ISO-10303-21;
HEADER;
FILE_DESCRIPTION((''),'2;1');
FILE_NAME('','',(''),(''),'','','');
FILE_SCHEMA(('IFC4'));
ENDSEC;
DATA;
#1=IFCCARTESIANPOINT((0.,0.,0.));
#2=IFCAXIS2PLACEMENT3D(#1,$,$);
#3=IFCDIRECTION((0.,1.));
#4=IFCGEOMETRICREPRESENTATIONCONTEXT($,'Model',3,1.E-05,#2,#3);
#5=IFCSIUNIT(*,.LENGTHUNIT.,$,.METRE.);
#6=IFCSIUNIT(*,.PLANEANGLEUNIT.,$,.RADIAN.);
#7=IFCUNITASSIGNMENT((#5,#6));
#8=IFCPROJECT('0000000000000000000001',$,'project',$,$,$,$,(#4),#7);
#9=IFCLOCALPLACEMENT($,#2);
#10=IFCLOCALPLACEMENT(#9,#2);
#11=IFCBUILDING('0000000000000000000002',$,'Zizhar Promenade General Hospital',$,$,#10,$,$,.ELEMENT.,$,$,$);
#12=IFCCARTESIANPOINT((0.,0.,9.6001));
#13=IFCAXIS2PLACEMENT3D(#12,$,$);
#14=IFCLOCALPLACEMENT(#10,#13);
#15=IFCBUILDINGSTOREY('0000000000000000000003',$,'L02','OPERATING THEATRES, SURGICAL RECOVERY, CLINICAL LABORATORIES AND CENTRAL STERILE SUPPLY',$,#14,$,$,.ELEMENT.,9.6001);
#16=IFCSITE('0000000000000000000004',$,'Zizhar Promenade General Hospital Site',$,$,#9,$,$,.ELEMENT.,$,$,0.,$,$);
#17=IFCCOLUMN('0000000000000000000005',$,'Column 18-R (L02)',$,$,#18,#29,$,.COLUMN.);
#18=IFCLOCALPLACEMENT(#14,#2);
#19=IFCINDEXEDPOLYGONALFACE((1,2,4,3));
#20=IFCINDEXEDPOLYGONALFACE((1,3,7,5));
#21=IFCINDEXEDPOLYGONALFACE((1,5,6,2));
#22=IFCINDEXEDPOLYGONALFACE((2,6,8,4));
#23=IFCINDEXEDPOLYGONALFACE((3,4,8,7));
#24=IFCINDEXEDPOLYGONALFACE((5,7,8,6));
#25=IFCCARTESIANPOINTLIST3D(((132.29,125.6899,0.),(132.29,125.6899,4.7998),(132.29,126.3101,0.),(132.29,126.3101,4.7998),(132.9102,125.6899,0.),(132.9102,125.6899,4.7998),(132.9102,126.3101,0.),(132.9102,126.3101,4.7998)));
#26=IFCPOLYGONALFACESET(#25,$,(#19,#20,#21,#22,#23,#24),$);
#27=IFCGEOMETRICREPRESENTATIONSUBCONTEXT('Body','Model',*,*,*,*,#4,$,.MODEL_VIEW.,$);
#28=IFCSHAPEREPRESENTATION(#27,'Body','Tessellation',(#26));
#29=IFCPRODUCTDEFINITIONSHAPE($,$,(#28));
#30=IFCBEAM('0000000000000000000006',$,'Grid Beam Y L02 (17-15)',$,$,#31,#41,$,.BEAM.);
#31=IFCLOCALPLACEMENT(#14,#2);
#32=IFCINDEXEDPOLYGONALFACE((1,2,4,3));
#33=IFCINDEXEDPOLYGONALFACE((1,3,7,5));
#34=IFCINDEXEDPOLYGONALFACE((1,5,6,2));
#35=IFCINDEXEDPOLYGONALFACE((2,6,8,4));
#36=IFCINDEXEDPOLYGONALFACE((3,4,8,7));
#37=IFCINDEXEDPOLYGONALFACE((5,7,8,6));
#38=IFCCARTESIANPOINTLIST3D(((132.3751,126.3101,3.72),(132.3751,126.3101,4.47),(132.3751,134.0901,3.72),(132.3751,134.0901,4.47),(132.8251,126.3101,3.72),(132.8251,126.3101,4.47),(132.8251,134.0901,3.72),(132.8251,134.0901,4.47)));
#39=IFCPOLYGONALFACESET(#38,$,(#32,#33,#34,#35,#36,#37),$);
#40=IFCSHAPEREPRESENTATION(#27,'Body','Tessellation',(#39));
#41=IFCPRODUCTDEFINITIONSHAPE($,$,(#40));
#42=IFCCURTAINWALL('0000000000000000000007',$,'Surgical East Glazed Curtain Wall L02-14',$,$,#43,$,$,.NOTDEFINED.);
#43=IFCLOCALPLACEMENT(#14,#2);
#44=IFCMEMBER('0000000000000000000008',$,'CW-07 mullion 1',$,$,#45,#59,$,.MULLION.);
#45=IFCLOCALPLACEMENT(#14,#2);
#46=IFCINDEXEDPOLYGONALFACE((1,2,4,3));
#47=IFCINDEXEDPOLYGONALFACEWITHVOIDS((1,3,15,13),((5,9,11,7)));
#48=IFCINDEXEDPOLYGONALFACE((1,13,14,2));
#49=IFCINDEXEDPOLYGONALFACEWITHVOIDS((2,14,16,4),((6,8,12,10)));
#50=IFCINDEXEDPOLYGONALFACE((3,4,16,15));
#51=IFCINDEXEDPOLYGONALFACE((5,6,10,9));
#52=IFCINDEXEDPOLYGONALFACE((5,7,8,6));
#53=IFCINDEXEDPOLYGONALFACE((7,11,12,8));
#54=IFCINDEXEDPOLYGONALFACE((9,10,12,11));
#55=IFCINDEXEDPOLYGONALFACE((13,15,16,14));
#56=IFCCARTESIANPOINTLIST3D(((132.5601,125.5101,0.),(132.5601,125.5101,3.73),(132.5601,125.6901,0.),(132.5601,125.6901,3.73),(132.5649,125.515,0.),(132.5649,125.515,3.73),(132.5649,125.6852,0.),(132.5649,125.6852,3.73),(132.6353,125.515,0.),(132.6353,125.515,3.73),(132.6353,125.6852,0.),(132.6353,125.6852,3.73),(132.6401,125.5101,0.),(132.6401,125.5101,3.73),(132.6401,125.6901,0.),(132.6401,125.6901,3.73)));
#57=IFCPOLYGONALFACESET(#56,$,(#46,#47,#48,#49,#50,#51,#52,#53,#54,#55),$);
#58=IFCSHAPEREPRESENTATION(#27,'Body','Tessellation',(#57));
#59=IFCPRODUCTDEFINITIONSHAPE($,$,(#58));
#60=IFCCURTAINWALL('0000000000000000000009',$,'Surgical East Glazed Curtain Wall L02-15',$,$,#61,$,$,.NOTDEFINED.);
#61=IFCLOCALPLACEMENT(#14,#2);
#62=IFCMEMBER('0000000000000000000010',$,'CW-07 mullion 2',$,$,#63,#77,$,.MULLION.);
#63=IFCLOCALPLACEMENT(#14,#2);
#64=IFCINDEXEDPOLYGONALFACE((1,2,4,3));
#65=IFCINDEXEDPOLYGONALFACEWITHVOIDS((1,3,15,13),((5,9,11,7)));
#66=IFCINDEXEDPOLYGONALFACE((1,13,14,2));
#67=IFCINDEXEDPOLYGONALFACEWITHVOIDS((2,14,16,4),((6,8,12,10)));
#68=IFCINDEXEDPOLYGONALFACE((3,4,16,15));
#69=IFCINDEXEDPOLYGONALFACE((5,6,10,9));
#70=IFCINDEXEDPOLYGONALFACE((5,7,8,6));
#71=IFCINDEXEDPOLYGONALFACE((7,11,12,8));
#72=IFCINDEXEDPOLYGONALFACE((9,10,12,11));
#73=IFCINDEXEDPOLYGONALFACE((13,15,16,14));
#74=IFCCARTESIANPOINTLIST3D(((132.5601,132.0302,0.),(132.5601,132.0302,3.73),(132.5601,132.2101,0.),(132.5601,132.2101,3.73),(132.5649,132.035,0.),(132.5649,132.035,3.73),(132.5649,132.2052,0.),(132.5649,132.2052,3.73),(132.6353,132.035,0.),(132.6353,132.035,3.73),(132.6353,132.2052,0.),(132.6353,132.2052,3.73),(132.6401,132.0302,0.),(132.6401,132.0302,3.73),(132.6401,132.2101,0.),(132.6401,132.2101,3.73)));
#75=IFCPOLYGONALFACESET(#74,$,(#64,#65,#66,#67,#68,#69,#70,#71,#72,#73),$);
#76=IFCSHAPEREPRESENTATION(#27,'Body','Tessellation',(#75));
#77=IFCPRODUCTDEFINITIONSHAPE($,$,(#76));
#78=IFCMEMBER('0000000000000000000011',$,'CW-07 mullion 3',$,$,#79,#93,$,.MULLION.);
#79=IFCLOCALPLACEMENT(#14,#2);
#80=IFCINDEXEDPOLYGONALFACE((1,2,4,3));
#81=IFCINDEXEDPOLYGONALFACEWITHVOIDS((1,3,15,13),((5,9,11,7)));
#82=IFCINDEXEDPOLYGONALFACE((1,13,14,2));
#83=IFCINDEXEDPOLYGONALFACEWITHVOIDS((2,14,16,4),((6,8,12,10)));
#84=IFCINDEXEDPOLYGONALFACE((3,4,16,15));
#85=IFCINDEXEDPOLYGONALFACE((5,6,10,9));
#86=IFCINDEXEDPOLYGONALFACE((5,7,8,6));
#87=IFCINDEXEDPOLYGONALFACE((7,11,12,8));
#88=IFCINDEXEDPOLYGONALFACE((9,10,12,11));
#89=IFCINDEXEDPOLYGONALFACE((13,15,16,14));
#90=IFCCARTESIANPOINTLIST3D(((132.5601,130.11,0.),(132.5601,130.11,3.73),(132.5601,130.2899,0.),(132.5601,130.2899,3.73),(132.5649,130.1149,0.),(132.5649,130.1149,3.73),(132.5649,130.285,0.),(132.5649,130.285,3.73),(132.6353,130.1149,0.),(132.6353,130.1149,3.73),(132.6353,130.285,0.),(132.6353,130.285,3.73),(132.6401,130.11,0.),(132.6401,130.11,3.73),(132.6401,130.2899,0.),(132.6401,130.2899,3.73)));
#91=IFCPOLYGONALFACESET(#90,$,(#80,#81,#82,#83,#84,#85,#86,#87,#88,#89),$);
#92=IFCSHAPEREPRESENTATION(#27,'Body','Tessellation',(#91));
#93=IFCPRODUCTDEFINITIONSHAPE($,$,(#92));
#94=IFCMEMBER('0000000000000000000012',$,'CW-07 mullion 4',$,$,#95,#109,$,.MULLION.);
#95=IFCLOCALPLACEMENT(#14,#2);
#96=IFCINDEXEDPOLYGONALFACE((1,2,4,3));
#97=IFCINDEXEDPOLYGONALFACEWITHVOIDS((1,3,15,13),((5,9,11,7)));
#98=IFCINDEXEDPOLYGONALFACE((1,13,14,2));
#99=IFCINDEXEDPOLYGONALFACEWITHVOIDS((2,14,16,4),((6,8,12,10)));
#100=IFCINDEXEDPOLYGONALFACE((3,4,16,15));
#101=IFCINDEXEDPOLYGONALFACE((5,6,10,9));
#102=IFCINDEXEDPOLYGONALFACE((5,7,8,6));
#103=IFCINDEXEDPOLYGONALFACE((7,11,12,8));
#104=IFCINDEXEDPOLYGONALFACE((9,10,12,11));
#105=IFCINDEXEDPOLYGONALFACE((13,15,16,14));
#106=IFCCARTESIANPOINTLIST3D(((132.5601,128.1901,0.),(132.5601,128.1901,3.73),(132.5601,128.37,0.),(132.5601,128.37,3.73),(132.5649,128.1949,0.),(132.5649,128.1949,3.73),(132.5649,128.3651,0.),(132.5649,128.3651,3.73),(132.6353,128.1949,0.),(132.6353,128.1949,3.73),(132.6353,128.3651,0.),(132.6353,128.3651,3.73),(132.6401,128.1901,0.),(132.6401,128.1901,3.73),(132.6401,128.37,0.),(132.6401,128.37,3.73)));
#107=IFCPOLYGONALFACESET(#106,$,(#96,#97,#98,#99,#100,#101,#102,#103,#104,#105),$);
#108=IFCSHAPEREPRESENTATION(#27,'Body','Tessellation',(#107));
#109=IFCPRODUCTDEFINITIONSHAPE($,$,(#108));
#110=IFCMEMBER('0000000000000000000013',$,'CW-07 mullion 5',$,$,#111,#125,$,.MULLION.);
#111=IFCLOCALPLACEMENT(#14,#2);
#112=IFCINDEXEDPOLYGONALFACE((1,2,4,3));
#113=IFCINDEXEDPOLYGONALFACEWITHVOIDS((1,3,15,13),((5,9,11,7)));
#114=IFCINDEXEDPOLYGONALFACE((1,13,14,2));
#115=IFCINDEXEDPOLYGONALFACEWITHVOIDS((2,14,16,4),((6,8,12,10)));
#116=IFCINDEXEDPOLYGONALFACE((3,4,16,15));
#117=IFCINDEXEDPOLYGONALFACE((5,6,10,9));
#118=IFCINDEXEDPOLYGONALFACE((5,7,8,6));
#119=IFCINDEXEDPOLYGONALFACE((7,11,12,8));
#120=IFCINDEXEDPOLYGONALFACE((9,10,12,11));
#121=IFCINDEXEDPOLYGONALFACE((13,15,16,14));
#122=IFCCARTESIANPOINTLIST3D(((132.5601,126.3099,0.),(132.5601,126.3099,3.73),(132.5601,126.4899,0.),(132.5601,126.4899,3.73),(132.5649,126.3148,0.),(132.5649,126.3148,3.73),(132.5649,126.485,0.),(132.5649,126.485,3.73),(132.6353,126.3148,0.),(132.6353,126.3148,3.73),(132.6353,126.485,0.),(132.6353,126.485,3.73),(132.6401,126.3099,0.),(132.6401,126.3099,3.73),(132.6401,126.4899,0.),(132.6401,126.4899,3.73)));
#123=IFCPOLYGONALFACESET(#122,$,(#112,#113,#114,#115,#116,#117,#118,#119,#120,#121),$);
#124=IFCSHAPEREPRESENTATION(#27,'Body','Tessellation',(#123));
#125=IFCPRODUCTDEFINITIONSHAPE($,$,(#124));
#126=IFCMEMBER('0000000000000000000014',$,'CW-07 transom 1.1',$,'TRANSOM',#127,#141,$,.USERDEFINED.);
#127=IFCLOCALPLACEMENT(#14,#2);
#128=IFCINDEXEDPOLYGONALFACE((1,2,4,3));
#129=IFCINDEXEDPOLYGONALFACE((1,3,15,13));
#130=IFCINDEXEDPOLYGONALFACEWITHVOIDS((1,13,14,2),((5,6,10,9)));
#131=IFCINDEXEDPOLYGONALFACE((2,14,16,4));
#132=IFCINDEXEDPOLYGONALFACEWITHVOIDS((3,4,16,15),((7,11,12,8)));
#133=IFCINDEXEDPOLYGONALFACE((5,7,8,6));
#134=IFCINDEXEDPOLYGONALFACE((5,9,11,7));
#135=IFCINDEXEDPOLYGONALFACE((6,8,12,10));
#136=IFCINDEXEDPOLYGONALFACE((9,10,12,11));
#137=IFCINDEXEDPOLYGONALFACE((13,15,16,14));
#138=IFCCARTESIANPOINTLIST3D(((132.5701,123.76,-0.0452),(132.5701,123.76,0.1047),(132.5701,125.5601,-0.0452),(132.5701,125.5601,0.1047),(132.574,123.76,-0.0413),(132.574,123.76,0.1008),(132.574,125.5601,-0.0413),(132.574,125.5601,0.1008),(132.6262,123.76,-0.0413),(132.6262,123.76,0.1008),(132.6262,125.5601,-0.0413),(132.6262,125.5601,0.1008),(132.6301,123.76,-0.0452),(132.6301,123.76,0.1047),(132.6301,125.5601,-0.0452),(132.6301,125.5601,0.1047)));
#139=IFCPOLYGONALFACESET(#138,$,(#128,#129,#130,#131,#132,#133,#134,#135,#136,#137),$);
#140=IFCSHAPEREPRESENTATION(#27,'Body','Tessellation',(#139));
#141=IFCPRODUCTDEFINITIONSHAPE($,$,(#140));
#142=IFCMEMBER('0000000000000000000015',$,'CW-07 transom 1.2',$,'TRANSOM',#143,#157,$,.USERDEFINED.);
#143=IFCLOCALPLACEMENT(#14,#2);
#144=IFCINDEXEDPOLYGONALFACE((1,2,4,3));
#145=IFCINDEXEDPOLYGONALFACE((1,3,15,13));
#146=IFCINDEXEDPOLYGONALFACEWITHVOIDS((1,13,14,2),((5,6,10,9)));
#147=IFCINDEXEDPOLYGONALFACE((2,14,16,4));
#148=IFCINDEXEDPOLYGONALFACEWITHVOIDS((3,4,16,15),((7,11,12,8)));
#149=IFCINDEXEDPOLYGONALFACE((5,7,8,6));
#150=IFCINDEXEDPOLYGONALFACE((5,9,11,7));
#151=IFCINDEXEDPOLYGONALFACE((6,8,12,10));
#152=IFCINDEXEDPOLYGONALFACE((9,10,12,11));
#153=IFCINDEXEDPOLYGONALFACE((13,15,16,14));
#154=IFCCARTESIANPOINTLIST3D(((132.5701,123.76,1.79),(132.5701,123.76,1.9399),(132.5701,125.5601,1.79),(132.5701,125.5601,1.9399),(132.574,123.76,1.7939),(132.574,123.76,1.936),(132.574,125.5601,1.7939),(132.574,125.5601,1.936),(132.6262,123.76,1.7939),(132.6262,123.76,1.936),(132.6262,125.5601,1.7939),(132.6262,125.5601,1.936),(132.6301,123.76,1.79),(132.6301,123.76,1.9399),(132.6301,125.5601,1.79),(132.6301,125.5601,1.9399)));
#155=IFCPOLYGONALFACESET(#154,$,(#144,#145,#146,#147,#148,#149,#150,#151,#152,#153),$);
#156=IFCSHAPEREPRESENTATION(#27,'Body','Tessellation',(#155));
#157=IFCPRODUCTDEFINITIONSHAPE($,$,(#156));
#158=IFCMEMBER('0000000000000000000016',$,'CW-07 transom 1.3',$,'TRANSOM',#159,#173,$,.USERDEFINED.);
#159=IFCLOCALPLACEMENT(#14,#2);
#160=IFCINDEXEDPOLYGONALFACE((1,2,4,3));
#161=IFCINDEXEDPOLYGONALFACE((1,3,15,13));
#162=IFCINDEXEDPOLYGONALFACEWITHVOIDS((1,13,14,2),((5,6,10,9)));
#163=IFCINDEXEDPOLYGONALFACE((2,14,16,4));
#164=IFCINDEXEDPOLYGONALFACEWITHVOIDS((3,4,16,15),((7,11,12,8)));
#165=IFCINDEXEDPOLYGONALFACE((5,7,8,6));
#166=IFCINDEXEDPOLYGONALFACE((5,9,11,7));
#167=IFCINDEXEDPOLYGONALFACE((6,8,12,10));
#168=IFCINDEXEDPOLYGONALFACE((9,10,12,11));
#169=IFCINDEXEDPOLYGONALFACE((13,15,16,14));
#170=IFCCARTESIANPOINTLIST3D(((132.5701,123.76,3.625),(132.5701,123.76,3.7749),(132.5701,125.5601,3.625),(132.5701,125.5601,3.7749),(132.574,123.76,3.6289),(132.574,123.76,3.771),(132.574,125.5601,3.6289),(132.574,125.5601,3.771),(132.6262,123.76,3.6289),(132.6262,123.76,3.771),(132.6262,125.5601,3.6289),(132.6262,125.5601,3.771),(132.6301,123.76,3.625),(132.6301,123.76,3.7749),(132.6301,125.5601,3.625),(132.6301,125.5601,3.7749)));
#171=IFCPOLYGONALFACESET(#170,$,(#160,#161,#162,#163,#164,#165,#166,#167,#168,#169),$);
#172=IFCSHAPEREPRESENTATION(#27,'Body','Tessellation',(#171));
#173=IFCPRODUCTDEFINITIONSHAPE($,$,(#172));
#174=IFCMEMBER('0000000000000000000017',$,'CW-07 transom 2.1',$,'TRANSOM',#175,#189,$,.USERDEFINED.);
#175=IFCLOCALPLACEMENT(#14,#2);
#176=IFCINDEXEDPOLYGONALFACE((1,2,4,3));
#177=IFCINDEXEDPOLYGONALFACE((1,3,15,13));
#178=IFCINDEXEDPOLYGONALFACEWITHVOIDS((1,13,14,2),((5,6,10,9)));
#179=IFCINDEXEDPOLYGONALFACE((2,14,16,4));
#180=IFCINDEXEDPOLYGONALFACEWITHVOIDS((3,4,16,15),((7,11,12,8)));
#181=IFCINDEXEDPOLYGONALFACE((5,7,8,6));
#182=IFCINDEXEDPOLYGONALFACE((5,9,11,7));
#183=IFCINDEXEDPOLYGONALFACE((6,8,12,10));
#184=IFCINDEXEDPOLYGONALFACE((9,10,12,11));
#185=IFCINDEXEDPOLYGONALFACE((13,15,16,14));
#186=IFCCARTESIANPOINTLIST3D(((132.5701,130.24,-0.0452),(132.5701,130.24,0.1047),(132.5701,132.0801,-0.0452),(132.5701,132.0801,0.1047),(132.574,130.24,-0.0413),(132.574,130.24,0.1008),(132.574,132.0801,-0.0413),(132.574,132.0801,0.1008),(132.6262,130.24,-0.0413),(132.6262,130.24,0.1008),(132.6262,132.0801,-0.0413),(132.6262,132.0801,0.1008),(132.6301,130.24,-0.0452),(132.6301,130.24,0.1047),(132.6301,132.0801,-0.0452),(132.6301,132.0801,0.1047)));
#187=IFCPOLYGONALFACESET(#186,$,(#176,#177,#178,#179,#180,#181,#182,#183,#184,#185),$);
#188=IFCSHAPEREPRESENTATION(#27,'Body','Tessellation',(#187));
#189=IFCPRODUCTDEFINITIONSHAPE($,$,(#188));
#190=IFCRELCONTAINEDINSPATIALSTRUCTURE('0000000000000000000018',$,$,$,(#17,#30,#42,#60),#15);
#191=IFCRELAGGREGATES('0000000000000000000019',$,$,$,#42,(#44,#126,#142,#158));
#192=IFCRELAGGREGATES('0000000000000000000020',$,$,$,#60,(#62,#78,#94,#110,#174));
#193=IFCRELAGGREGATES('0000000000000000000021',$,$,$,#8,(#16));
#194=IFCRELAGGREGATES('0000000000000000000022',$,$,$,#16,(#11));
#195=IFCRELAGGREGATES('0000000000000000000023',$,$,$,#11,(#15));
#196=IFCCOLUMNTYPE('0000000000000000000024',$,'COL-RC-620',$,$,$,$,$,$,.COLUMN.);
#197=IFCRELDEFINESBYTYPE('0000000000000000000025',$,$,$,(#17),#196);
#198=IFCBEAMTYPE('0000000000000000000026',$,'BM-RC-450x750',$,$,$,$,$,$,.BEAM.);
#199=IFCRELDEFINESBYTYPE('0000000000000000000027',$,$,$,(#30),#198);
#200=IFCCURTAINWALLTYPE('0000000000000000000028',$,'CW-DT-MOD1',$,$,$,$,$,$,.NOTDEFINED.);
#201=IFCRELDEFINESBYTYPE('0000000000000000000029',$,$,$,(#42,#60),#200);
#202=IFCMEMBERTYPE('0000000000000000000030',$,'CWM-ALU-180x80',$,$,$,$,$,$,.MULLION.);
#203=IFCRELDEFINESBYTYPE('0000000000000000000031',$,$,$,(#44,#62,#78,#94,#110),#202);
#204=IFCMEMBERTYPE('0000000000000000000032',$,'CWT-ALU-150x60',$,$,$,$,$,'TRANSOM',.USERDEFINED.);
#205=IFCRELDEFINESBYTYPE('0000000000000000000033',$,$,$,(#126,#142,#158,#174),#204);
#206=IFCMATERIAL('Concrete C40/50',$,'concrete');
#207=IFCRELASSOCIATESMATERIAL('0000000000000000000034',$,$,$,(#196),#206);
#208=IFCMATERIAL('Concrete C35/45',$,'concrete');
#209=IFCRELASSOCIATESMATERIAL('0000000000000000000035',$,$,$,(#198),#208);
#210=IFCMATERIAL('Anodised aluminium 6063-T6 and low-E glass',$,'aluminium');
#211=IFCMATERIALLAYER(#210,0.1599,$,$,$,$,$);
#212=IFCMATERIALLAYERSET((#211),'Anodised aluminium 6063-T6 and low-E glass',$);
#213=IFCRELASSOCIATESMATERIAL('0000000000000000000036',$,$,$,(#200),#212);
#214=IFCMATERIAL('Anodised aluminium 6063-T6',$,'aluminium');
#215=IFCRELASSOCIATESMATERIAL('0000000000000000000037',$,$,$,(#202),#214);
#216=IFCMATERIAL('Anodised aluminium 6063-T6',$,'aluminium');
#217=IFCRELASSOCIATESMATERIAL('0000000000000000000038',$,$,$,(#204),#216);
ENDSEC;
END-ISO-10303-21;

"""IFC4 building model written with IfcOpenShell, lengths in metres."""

from ifc_helpers import new_model, si_unit, direction, frame, origin, origin_2d, place, context, subcontext, project, spatial, rectangle, hollow_rectangle, extrude, material, layer, layer_set, material_profile, profile_set, type_object, element, aggregate, save


model = new_model("IFC4")

# Units and contexts
model_context = context("Model", 3, precision=1e-05, world=origin(), true_north=direction((0.0, 1.0)))
body_context = subcontext(model_context, "Body", "Model", "MODEL_VIEW")
ifc_project = project(units=[si_unit("LENGTHUNIT", "METRE"), si_unit("PLANEANGLEUNIT", "RADIAN")], contexts=[model_context])

# Site, building, storey
site_placement = place(None, origin())
site = spatial("IfcSite", under=ifc_project, at=site_placement, Name="Zizhar Promenade General Hospital Site", CompositionType="ELEMENT", RefElevation=0.0)
building_placement = place(site_placement, origin())
building = spatial("IfcBuilding", under=site, at=building_placement, Name="Zizhar Promenade General Hospital", CompositionType="ELEMENT")
storey_placement = place(building_placement, frame((0.0, 0.0, 9.6001)))
storey = spatial("IfcBuildingStorey", under=building, at=storey_placement, Name="L02", Description="OPERATING THEATRES, SURGICAL RECOVERY, CLINICAL LABORATORIES AND CENTRAL STERILE SUPPLY", CompositionType="ELEMENT", Elevation=9.6001)

# Column
ifc_material_1 = material(Name="Concrete C40/50", Category="concrete")
ifc_material_profile_1 = material_profile(ifc_material_1, rectangle(XDim=0.6201, YDim=0.6201, at=origin_2d()))
ifc_profile_set_1 = profile_set([ifc_material_profile_1], Name="Concrete C40/50")
column_type = type_object("IfcColumnType", Name="COL-RC-620", PredefinedType="COLUMN", material=ifc_profile_set_1)
column_placement = place(storey_placement, frame((132.6001, 126.0, 0.0), z_axis=(0.0, 0.0, 1.0), x_axis=(1.0, 0.0, 0.0)))
element("IfcColumn", 1, at=column_placement, inside=storey, type_object=column_type, Name="Column 18-R (L02)", PredefinedType="COLUMN", context=body_context, shape_type="SweptSolid", body=[
    extrude(rectangle(XDim=0.6201, YDim=0.6201, at=origin_2d()), origin(), (0.0, 0.0, 1.0), 4.7998),
])

# Beam
ifc_material_2 = material(Name="Concrete C35/45", Category="concrete")
ifc_material_profile_2 = material_profile(ifc_material_2, rectangle(XDim=0.45, YDim=0.75, at=origin_2d()))
ifc_profile_set_2 = profile_set([ifc_material_profile_2], Name="Concrete C35/45")
beam_type = type_object("IfcBeamType", Name="BM-RC-450x750", PredefinedType="BEAM", material=ifc_profile_set_2)
beam_placement = place(storey_placement, frame((132.6001, 126.3101, 4.095), z_axis=(0.0, 1.0, 0.0), x_axis=(-1.0, 0.0, 0.0)))
element("IfcBeam", 2, at=beam_placement, inside=storey, type_object=beam_type, Name="Grid Beam Y L02 (17-15)", PredefinedType="BEAM", context=body_context, shape_type="SweptSolid", body=[
    extrude(rectangle(XDim=0.45, YDim=0.75, at=origin_2d()), origin(), (0.0, 0.0, 1.0), 7.78),
])

# Curtain wall, member
ifc_material_3 = material(Name="Anodised aluminium 6063-T6 and low-E glass", Category="aluminium")
ifc_layer_1 = layer(ifc_material_3, 0.1599)
ifc_layer_set_1 = layer_set([ifc_layer_1], Name="Anodised aluminium 6063-T6 and low-E glass")
curtain_wall_type = type_object("IfcCurtainWallType", Name="CW-DT-MOD1", PredefinedType="NOTDEFINED", material=ifc_layer_set_1)
curtain_wall_1_placement = place(storey_placement, origin())
curtain_wall_1 = element("IfcCurtainWall", 3, at=curtain_wall_1_placement, inside=storey, type_object=curtain_wall_type, Name="Surgical East Glazed Curtain Wall L02-14", PredefinedType="NOTDEFINED")
ifc_material_4 = material(Name="Anodised aluminium 6063-T6", Category="aluminium")
ifc_material_profile_3 = material_profile(ifc_material_4, hollow_rectangle(XDim=0.0801, YDim=0.1799, WallThickness=0.0049, at=origin_2d()))
ifc_profile_set_3 = profile_set([ifc_material_profile_3], Name="Anodised aluminium 6063-T6")
member_type_1 = type_object("IfcMemberType", Name="CWM-ALU-180x80", PredefinedType="MULLION", material=ifc_profile_set_3)
member_1_placement = place(storey_placement, frame((132.6001, 125.6001, 0.0), z_axis=(0.0, 0.0, 1.0), x_axis=(1.0, 0.0, 0.0)))
member_1 = element("IfcMember", 4, at=member_1_placement, type_object=member_type_1, Name="CW-07 mullion 1", PredefinedType="MULLION", context=body_context, shape_type="SweptSolid", body=[
    extrude(hollow_rectangle(XDim=0.0801, YDim=0.1799, WallThickness=0.0049, at=origin_2d()), origin(), (0.0, 0.0, 1.0), 3.73),
])

# Curtain wall, members
curtain_wall_2_placement = place(storey_placement, origin())
curtain_wall_2 = element("IfcCurtainWall", 5, at=curtain_wall_2_placement, inside=storey, type_object=curtain_wall_type, Name="Surgical East Glazed Curtain Wall L02-15", PredefinedType="NOTDEFINED")
member_2_placement = place(storey_placement, frame((132.6001, 132.1201, 0.0), z_axis=(0.0, 0.0, 1.0), x_axis=(1.0, 0.0, 0.0)))
member_2 = element("IfcMember", 6, at=member_2_placement, type_object=member_type_1, Name="CW-07 mullion 2", PredefinedType="MULLION", context=body_context, shape_type="SweptSolid", body=[
    extrude(hollow_rectangle(XDim=0.0801, YDim=0.1799, WallThickness=0.0049, at=origin_2d()), origin(), (0.0, 0.0, 1.0), 3.73),
])
member_3_placement = place(storey_placement, frame((132.6001, 130.2, 0.0), z_axis=(0.0, 0.0, 1.0), x_axis=(1.0, 0.0, 0.0)))
member_3 = element("IfcMember", 7, at=member_3_placement, type_object=member_type_1, Name="CW-07 mullion 3", PredefinedType="MULLION", context=body_context, shape_type="SweptSolid", body=[
    extrude(hollow_rectangle(XDim=0.0801, YDim=0.1799, WallThickness=0.0049, at=origin_2d()), origin(), (0.0, 0.0, 1.0), 3.73),
])
member_4_placement = place(storey_placement, frame((132.6001, 128.28, 0.0), z_axis=(0.0, 0.0, 1.0), x_axis=(1.0, 0.0, 0.0)))
member_4 = element("IfcMember", 8, at=member_4_placement, type_object=member_type_1, Name="CW-07 mullion 4", PredefinedType="MULLION", context=body_context, shape_type="SweptSolid", body=[
    extrude(hollow_rectangle(XDim=0.0801, YDim=0.1799, WallThickness=0.0049, at=origin_2d()), origin(), (0.0, 0.0, 1.0), 3.73),
])
member_5_placement = place(storey_placement, frame((132.6001, 126.3999, 0.0), z_axis=(0.0, 0.0, 1.0), x_axis=(1.0, 0.0, 0.0)))
member_5 = element("IfcMember", 9, at=member_5_placement, type_object=member_type_1, Name="CW-07 mullion 5", PredefinedType="MULLION", context=body_context, shape_type="SweptSolid", body=[
    extrude(hollow_rectangle(XDim=0.0801, YDim=0.1799, WallThickness=0.0049, at=origin_2d()), origin(), (0.0, 0.0, 1.0), 3.73),
])

# Members
ifc_material_5 = material(Name="Anodised aluminium 6063-T6", Category="aluminium")
ifc_material_profile_4 = material_profile(ifc_material_5, hollow_rectangle(XDim=0.0601, YDim=0.1499, WallThickness=0.0039, at=origin_2d()))
ifc_profile_set_4 = profile_set([ifc_material_profile_4], Name="Anodised aluminium 6063-T6")
member_type_2 = type_object("IfcMemberType", Name="CWT-ALU-150x60", ElementType="TRANSOM", PredefinedType="USERDEFINED", material=ifc_profile_set_4)
member_6_placement = place(storey_placement, frame((132.6001, 125.5601, 0.0298), z_axis=(0.0, -1.0, 0.0), x_axis=(1.0, 0.0, 0.0)))
member_6 = element("IfcMember", 10, at=member_6_placement, type_object=member_type_2, Name="CW-07 transom 1.1", ObjectType="TRANSOM", PredefinedType="USERDEFINED", context=body_context, shape_type="SweptSolid", body=[
    extrude(hollow_rectangle(XDim=0.0601, YDim=0.1499, WallThickness=0.0039, at=origin_2d()), origin(), (0.0, 0.0, 1.0), 1.8),
])
member_7_placement = place(storey_placement, frame((132.6001, 125.5601, 1.865), z_axis=(0.0, -1.0, 0.0), x_axis=(1.0, 0.0, 0.0)))
member_7 = element("IfcMember", 11, at=member_7_placement, type_object=member_type_2, Name="CW-07 transom 1.2", ObjectType="TRANSOM", PredefinedType="USERDEFINED", context=body_context, shape_type="SweptSolid", body=[
    extrude(hollow_rectangle(XDim=0.0601, YDim=0.1499, WallThickness=0.0039, at=origin_2d()), origin(), (0.0, 0.0, 1.0), 1.8),
])
member_8_placement = place(storey_placement, frame((132.6001, 125.5601, 3.7), z_axis=(0.0, -1.0, 0.0), x_axis=(1.0, 0.0, 0.0)))
member_8 = element("IfcMember", 12, at=member_8_placement, type_object=member_type_2, Name="CW-07 transom 1.3", ObjectType="TRANSOM", PredefinedType="USERDEFINED", context=body_context, shape_type="SweptSolid", body=[
    extrude(hollow_rectangle(XDim=0.0601, YDim=0.1499, WallThickness=0.0039, at=origin_2d()), origin(), (0.0, 0.0, 1.0), 1.8),
])
aggregate(curtain_wall_1, [member_1, member_6, member_7, member_8])
member_9_placement = place(storey_placement, frame((132.6001, 132.0801, 0.0298), z_axis=(0.0, -1.0, 0.0), x_axis=(1.0, 0.0, 0.0)))
member_9 = element("IfcMember", 13, at=member_9_placement, type_object=member_type_2, Name="CW-07 transom 2.1", ObjectType="TRANSOM", PredefinedType="USERDEFINED", context=body_context, shape_type="SweptSolid", body=[
    extrude(hollow_rectangle(XDim=0.0601, YDim=0.1499, WallThickness=0.0039, at=origin_2d()), origin(), (0.0, 0.0, 1.0), 1.8401),
])

aggregate(curtain_wall_2, [member_2, member_3, member_4, member_5, member_9])

save(model, "model.ifc")
